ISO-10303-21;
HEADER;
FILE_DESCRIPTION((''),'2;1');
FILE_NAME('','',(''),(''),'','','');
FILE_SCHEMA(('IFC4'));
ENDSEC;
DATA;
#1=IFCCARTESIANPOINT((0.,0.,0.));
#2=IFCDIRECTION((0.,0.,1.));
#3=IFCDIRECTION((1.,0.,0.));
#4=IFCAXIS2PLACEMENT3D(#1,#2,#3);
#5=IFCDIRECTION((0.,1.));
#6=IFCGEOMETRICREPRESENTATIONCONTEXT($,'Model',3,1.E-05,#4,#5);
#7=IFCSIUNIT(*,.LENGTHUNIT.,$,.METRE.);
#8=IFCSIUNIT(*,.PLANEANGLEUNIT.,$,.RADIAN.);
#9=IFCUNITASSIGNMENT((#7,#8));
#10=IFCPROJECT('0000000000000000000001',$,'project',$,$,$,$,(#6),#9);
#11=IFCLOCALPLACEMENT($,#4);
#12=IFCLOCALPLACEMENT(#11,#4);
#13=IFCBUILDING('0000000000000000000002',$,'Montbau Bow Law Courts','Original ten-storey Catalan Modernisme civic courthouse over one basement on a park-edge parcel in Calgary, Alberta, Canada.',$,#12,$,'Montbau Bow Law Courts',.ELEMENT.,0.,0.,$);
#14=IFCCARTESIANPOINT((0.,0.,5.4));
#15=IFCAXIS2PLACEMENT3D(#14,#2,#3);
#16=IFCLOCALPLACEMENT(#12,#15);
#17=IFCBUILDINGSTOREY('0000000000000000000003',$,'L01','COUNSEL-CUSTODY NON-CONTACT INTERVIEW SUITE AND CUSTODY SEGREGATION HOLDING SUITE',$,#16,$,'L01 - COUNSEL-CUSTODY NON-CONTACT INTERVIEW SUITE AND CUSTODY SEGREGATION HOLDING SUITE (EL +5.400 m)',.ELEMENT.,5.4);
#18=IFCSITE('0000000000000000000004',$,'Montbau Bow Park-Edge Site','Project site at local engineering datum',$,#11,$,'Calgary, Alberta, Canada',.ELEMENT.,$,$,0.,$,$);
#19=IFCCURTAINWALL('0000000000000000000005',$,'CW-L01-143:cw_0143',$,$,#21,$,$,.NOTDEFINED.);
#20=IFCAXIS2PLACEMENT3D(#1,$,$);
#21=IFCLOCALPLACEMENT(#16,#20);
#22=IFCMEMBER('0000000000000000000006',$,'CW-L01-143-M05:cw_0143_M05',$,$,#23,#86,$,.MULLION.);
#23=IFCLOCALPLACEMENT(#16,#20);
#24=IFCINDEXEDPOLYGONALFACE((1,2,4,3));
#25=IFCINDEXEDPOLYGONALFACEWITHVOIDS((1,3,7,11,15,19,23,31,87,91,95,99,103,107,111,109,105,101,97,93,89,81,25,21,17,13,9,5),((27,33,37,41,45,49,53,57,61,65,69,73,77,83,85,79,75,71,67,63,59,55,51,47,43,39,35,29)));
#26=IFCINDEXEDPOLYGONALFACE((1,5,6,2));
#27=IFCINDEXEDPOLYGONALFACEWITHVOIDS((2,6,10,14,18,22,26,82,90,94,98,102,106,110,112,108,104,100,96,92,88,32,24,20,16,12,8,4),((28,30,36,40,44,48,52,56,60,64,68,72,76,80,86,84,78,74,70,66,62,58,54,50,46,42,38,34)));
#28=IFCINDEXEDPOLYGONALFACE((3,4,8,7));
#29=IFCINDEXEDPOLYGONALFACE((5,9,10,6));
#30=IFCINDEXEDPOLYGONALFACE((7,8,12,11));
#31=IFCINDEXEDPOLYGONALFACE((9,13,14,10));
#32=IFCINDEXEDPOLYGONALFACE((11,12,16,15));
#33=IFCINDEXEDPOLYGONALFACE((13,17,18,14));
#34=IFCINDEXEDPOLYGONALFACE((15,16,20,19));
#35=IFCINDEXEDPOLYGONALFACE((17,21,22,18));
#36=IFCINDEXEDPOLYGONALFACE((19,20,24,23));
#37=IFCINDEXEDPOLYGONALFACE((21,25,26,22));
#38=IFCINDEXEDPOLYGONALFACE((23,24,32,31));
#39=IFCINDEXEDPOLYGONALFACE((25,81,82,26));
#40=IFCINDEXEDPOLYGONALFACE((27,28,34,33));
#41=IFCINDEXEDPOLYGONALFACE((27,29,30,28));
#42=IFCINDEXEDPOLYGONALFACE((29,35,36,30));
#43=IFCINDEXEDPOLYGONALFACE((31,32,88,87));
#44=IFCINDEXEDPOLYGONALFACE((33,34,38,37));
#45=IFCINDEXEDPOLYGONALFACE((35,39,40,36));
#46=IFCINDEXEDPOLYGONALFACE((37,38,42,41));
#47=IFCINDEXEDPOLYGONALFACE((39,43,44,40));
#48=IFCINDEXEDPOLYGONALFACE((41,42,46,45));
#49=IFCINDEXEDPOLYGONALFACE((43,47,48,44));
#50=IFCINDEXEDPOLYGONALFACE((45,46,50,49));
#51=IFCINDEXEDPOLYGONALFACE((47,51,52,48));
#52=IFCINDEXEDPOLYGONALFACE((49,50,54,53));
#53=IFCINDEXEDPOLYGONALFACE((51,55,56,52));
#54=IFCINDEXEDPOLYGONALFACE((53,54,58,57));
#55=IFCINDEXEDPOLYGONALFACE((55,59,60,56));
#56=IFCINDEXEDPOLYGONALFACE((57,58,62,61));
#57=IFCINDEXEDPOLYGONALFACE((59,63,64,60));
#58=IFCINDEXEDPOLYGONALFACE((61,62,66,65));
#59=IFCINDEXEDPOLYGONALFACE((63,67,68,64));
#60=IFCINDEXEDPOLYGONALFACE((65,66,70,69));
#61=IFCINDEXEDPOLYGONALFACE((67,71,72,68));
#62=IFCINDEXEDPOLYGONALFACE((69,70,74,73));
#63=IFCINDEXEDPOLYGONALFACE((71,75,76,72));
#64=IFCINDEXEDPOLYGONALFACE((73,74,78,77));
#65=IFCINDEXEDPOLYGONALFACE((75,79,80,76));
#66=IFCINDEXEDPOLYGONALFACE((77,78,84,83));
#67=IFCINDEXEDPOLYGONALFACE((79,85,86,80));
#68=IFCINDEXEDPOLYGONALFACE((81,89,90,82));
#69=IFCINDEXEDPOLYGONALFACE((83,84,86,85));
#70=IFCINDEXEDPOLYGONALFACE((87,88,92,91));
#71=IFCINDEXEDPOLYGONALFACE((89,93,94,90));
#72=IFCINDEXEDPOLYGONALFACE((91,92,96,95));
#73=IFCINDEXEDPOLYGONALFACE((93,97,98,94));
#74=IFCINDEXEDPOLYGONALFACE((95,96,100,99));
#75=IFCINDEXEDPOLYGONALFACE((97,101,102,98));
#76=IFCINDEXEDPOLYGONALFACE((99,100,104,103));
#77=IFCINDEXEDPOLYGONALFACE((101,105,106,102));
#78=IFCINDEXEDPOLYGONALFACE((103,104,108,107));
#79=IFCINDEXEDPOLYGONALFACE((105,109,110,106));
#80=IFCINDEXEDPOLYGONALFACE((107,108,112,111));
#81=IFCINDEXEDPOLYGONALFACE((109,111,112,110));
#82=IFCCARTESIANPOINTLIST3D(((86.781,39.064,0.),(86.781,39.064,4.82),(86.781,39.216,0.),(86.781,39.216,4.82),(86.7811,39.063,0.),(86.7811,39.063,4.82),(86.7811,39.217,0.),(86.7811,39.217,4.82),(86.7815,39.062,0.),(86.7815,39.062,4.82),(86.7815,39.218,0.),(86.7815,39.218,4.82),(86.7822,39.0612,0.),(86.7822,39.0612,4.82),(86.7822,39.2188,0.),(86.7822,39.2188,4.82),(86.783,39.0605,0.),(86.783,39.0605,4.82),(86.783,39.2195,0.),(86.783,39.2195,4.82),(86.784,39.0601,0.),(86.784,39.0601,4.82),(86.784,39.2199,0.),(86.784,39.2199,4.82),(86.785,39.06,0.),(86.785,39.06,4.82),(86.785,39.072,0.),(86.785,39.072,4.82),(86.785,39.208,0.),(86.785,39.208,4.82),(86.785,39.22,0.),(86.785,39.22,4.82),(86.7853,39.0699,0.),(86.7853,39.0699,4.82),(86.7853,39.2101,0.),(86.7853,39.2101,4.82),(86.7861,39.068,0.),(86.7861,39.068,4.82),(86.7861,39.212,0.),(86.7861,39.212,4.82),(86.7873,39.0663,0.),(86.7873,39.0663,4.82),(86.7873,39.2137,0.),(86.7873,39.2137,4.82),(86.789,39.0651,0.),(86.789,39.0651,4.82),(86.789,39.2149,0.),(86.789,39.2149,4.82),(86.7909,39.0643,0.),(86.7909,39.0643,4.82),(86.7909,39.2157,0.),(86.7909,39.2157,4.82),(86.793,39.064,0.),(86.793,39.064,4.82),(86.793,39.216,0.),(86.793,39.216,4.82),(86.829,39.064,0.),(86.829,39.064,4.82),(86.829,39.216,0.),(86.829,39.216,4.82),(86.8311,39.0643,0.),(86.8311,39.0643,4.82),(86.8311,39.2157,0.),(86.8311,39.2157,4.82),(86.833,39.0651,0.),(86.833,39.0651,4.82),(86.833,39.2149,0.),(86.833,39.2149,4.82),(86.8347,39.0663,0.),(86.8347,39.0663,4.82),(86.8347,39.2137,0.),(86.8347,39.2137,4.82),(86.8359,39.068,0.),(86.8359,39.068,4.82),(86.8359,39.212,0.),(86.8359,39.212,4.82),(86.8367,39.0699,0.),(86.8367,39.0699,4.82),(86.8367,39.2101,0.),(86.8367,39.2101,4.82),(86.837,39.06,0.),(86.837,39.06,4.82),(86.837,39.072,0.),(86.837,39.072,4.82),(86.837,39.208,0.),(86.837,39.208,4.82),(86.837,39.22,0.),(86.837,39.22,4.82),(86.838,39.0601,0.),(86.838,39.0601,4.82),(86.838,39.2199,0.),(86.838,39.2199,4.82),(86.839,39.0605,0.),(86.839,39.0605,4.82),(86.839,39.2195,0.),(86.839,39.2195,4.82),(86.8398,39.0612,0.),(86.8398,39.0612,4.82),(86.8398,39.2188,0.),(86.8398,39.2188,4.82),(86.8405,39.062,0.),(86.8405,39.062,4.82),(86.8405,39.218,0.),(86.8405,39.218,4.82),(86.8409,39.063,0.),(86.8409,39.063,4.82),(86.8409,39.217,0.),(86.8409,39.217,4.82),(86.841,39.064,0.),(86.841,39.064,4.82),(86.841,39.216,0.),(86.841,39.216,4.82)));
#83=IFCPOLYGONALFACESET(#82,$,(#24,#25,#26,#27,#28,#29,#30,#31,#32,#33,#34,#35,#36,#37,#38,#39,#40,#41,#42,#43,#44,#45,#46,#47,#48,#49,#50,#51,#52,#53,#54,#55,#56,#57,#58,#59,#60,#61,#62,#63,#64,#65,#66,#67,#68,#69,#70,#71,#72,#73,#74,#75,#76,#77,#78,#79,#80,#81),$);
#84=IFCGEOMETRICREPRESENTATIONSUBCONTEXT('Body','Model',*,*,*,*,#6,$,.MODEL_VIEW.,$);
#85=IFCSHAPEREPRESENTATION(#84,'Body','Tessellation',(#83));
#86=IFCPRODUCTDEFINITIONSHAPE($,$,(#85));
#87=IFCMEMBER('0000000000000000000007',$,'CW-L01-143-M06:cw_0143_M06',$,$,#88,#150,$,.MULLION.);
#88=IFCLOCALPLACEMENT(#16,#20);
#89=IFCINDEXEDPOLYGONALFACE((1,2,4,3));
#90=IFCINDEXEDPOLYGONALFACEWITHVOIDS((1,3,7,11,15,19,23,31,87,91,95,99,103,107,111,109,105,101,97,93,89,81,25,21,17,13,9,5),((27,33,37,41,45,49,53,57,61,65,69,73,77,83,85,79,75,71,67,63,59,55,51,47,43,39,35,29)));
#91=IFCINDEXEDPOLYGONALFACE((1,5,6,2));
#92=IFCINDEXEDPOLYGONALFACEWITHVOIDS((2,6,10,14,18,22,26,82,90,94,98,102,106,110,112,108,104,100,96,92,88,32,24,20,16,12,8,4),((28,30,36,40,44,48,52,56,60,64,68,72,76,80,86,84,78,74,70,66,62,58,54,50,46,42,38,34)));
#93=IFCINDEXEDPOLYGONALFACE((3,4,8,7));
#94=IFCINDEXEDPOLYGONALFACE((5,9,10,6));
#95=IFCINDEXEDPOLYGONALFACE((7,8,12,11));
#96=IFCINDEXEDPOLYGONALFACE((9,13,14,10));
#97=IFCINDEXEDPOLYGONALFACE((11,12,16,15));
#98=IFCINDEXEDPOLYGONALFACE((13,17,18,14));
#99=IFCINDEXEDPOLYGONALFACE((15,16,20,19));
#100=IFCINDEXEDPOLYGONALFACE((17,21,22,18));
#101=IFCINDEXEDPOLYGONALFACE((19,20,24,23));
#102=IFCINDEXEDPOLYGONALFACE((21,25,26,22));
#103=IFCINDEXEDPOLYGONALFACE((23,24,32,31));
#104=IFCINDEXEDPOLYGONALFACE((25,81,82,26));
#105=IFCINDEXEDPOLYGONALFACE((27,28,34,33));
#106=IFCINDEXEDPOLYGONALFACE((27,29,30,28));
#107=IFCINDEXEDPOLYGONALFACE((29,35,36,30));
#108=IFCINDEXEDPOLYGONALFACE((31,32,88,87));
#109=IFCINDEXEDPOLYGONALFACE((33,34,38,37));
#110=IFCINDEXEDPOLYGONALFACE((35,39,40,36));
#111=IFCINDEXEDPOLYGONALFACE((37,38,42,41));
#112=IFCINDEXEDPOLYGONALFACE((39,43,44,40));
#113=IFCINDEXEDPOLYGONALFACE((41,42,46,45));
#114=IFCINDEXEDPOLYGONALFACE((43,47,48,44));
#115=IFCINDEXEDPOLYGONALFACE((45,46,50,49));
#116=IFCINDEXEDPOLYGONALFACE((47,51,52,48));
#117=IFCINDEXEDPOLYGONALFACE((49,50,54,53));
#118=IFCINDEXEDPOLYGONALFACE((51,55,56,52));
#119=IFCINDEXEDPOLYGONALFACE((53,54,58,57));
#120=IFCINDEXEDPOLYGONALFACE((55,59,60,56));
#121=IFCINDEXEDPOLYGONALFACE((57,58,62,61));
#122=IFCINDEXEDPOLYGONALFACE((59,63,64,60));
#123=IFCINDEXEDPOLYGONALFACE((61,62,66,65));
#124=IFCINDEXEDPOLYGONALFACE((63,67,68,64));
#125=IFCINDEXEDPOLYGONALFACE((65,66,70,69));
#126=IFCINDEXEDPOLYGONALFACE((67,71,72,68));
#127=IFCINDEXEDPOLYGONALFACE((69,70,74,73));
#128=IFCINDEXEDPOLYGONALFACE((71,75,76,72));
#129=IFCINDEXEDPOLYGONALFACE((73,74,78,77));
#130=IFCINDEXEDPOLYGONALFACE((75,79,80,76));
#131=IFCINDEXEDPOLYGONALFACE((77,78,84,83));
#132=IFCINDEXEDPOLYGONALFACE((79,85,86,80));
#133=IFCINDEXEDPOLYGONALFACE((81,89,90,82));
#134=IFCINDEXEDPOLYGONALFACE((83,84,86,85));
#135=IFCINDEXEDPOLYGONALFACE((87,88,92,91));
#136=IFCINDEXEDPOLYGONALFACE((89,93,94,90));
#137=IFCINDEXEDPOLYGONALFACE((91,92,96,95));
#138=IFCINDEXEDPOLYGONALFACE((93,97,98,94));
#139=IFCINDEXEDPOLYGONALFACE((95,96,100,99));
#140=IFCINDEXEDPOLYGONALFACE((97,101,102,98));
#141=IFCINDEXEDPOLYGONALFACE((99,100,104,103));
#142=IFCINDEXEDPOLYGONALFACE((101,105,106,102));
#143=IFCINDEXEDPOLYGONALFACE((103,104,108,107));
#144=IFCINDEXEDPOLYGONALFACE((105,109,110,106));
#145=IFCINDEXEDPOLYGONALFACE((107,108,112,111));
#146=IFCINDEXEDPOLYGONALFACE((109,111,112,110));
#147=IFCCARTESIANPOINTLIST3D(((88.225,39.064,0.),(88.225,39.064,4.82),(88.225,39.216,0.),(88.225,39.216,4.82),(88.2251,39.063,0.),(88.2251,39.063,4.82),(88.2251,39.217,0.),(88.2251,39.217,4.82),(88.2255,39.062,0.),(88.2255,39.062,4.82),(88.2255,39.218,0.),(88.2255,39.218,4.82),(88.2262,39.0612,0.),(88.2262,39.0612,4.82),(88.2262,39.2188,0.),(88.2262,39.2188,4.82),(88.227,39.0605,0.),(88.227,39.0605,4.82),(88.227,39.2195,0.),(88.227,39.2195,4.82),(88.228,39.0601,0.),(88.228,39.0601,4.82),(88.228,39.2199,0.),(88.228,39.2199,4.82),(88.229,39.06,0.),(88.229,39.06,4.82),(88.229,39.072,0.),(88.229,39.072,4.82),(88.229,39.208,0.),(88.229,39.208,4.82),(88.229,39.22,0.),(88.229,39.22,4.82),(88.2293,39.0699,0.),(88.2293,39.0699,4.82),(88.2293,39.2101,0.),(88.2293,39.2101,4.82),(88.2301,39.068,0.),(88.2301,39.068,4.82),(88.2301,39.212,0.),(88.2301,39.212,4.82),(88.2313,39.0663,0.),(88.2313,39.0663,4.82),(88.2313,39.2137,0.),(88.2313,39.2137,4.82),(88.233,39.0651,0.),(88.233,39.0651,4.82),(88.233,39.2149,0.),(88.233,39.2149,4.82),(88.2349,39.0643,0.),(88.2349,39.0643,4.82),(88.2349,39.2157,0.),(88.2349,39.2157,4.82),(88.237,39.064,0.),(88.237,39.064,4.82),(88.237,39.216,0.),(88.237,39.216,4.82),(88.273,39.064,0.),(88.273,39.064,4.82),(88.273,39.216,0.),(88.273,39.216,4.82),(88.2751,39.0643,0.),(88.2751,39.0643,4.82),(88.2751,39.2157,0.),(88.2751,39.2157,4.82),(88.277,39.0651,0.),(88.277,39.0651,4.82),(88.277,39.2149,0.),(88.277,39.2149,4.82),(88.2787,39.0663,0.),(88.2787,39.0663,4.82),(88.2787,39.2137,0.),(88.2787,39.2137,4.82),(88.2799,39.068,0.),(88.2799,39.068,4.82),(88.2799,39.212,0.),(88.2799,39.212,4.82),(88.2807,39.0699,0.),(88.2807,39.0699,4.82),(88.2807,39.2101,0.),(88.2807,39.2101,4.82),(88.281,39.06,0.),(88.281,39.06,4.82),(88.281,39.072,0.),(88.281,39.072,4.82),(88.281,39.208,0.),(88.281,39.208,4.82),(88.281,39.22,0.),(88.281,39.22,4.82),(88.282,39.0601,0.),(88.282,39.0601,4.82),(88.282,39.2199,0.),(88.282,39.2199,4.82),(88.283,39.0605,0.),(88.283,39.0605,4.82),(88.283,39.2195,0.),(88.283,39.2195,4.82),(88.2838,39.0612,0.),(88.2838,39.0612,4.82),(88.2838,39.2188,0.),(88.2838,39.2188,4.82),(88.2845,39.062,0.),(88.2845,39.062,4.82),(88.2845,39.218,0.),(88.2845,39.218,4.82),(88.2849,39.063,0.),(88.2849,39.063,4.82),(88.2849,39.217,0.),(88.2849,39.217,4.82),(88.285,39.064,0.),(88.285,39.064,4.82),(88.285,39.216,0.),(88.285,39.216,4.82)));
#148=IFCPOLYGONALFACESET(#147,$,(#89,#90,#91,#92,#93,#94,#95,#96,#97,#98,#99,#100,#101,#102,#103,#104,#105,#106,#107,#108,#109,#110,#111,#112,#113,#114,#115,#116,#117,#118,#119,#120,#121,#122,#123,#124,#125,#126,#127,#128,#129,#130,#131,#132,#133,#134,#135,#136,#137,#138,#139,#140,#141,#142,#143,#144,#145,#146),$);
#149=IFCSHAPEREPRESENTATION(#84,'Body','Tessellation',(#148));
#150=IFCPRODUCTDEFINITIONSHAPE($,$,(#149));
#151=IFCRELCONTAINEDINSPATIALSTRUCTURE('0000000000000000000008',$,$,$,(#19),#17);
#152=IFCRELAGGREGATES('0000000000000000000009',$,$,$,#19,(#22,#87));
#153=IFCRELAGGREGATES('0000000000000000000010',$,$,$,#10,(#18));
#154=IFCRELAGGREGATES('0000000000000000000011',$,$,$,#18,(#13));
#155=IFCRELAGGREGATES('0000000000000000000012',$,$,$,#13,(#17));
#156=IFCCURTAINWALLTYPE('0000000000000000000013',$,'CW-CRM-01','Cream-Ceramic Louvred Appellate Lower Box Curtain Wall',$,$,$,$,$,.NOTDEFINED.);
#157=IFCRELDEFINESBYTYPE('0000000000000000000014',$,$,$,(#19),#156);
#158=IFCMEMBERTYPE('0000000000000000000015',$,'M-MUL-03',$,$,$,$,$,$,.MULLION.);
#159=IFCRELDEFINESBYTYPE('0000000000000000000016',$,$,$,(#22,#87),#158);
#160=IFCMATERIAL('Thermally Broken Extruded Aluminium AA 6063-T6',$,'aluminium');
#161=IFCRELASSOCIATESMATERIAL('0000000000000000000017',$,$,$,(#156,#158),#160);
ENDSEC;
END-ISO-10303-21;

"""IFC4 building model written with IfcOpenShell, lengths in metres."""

from ifc_helpers import new_model, si_unit, direction, frame, origin_with_axes, origin_2d_with_axis, place, context, subcontext, project, spatial, hollow_rectangle, extrude, material, material_profile, profile_set, type_object, element, aggregate, save


model = new_model("IFC4")

# Units and contexts
model_context = context("Model", 3, precision=1e-05, world=origin_with_axes(), true_north=direction((0.0, 1.0)))
body_context = subcontext(model_context, "Body", "Model", "MODEL_VIEW")
ifc_project = project(units=[si_unit("LENGTHUNIT", "METRE"), si_unit("PLANEANGLEUNIT", "RADIAN")], contexts=[model_context])

# Site, building, storey
site_placement = place(None, origin_with_axes())
site = spatial("IfcSite", under=ifc_project, at=site_placement, Name="Montbau Bow Park-Edge Site", Description="Project site at local engineering datum", LongName="Calgary, Alberta, Canada", CompositionType="ELEMENT", RefElevation=0.0)
building_placement = place(site_placement, origin_with_axes())
building = spatial("IfcBuilding", under=site, at=building_placement, Name="Montbau Bow Law Courts", Description="Original ten-storey Catalan Modernisme civic courthouse over one basement on a park-edge parcel in Calgary, Alberta, Canada.", LongName="Montbau Bow Law Courts", CompositionType="ELEMENT", ElevationOfRefHeight=0.0, ElevationOfTerrain=0.0)
storey_placement = place(building_placement, frame((0.0, 0.0, 5.4), z_axis=(0.0, 0.0, 1.0), x_axis=(1.0, 0.0, 0.0)))
storey = spatial("IfcBuildingStorey", under=building, at=storey_placement, Name="L01", Description="COUNSEL-CUSTODY NON-CONTACT INTERVIEW SUITE AND CUSTODY SEGREGATION HOLDING SUITE", LongName="L01 - COUNSEL-CUSTODY NON-CONTACT INTERVIEW SUITE AND CUSTODY SEGREGATION HOLDING SUITE (EL +5.400 m)", CompositionType="ELEMENT", Elevation=5.4)

# Curtain wall, members
ifc_material_1 = material(Name="Thermally Broken Extruded Aluminium AA 6063-T6", Category="aluminium")
curtain_wall_type = type_object("IfcCurtainWallType", Name="CW-CRM-01", Description="Cream-Ceramic Louvred Appellate Lower Box Curtain Wall", PredefinedType="NOTDEFINED", material=ifc_material_1)
curtain_wall_placement = place(None, frame((80.915, 39.14, 5.4), z_axis=(0.0, 0.0, 1.0), x_axis=(1.0, 0.0, 0.0)))
curtain_wall = element("IfcCurtainWall", 1, at=curtain_wall_placement, inside=storey, type_object=curtain_wall_type, Name="CW-L01-143:cw_0143", PredefinedType="NOTDEFINED")
ifc_material_profile_1 = material_profile(ifc_material_1, hollow_rectangle(XDim=0.06, YDim=0.16, WallThickness=0.004, InnerFilletRadius=0.008, OuterFilletRadius=0.004, at=origin_2d_with_axis()), Name="CWM-160X60", Category="Main", Priority=0)
ifc_profile_set_1 = profile_set([ifc_material_profile_1], Name="Thermally Broken Extruded Aluminium AA 6063-T6")
member_type_1 = type_object("IfcMemberType", Name="M-MUL-03", PredefinedType="MULLION", material=ifc_profile_set_1)
member_1_placement = place(None, frame((86.811, 39.14, 5.4), z_axis=(0.0, 0.0, 1.0), x_axis=(1.0, 0.0, 0.0)))
member_1 = element("IfcMember", 2, at=member_1_placement, type_object=member_type_1, Name="CW-L01-143-M05:cw_0143_M05", PredefinedType="MULLION", context=body_context, shape_type="SweptSolid", body=[
    extrude(hollow_rectangle(XDim=0.06, YDim=0.16, WallThickness=0.004, InnerFilletRadius=0.008, OuterFilletRadius=0.004, at=origin_2d_with_axis()), origin_with_axes(), (0.0, 0.0, 1.0), 4.82),
])
member_2_placement = place(None, frame((88.255, 39.14, 5.4), z_axis=(0.0, 0.0, 1.0), x_axis=(1.0, 0.0, 0.0)))
member_2 = element("IfcMember", 3, at=member_2_placement, type_object=member_type_1, Name="CW-L01-143-M06:cw_0143_M06", PredefinedType="MULLION", context=body_context, shape_type="SweptSolid", body=[
    extrude(hollow_rectangle(XDim=0.06, YDim=0.16, WallThickness=0.004, InnerFilletRadius=0.008, OuterFilletRadius=0.004, at=origin_2d_with_axis()), origin_with_axes(), (0.0, 0.0, 1.0), 4.82),
])
aggregate(curtain_wall, [member_1, member_2])

save(model, "model.ifc")
